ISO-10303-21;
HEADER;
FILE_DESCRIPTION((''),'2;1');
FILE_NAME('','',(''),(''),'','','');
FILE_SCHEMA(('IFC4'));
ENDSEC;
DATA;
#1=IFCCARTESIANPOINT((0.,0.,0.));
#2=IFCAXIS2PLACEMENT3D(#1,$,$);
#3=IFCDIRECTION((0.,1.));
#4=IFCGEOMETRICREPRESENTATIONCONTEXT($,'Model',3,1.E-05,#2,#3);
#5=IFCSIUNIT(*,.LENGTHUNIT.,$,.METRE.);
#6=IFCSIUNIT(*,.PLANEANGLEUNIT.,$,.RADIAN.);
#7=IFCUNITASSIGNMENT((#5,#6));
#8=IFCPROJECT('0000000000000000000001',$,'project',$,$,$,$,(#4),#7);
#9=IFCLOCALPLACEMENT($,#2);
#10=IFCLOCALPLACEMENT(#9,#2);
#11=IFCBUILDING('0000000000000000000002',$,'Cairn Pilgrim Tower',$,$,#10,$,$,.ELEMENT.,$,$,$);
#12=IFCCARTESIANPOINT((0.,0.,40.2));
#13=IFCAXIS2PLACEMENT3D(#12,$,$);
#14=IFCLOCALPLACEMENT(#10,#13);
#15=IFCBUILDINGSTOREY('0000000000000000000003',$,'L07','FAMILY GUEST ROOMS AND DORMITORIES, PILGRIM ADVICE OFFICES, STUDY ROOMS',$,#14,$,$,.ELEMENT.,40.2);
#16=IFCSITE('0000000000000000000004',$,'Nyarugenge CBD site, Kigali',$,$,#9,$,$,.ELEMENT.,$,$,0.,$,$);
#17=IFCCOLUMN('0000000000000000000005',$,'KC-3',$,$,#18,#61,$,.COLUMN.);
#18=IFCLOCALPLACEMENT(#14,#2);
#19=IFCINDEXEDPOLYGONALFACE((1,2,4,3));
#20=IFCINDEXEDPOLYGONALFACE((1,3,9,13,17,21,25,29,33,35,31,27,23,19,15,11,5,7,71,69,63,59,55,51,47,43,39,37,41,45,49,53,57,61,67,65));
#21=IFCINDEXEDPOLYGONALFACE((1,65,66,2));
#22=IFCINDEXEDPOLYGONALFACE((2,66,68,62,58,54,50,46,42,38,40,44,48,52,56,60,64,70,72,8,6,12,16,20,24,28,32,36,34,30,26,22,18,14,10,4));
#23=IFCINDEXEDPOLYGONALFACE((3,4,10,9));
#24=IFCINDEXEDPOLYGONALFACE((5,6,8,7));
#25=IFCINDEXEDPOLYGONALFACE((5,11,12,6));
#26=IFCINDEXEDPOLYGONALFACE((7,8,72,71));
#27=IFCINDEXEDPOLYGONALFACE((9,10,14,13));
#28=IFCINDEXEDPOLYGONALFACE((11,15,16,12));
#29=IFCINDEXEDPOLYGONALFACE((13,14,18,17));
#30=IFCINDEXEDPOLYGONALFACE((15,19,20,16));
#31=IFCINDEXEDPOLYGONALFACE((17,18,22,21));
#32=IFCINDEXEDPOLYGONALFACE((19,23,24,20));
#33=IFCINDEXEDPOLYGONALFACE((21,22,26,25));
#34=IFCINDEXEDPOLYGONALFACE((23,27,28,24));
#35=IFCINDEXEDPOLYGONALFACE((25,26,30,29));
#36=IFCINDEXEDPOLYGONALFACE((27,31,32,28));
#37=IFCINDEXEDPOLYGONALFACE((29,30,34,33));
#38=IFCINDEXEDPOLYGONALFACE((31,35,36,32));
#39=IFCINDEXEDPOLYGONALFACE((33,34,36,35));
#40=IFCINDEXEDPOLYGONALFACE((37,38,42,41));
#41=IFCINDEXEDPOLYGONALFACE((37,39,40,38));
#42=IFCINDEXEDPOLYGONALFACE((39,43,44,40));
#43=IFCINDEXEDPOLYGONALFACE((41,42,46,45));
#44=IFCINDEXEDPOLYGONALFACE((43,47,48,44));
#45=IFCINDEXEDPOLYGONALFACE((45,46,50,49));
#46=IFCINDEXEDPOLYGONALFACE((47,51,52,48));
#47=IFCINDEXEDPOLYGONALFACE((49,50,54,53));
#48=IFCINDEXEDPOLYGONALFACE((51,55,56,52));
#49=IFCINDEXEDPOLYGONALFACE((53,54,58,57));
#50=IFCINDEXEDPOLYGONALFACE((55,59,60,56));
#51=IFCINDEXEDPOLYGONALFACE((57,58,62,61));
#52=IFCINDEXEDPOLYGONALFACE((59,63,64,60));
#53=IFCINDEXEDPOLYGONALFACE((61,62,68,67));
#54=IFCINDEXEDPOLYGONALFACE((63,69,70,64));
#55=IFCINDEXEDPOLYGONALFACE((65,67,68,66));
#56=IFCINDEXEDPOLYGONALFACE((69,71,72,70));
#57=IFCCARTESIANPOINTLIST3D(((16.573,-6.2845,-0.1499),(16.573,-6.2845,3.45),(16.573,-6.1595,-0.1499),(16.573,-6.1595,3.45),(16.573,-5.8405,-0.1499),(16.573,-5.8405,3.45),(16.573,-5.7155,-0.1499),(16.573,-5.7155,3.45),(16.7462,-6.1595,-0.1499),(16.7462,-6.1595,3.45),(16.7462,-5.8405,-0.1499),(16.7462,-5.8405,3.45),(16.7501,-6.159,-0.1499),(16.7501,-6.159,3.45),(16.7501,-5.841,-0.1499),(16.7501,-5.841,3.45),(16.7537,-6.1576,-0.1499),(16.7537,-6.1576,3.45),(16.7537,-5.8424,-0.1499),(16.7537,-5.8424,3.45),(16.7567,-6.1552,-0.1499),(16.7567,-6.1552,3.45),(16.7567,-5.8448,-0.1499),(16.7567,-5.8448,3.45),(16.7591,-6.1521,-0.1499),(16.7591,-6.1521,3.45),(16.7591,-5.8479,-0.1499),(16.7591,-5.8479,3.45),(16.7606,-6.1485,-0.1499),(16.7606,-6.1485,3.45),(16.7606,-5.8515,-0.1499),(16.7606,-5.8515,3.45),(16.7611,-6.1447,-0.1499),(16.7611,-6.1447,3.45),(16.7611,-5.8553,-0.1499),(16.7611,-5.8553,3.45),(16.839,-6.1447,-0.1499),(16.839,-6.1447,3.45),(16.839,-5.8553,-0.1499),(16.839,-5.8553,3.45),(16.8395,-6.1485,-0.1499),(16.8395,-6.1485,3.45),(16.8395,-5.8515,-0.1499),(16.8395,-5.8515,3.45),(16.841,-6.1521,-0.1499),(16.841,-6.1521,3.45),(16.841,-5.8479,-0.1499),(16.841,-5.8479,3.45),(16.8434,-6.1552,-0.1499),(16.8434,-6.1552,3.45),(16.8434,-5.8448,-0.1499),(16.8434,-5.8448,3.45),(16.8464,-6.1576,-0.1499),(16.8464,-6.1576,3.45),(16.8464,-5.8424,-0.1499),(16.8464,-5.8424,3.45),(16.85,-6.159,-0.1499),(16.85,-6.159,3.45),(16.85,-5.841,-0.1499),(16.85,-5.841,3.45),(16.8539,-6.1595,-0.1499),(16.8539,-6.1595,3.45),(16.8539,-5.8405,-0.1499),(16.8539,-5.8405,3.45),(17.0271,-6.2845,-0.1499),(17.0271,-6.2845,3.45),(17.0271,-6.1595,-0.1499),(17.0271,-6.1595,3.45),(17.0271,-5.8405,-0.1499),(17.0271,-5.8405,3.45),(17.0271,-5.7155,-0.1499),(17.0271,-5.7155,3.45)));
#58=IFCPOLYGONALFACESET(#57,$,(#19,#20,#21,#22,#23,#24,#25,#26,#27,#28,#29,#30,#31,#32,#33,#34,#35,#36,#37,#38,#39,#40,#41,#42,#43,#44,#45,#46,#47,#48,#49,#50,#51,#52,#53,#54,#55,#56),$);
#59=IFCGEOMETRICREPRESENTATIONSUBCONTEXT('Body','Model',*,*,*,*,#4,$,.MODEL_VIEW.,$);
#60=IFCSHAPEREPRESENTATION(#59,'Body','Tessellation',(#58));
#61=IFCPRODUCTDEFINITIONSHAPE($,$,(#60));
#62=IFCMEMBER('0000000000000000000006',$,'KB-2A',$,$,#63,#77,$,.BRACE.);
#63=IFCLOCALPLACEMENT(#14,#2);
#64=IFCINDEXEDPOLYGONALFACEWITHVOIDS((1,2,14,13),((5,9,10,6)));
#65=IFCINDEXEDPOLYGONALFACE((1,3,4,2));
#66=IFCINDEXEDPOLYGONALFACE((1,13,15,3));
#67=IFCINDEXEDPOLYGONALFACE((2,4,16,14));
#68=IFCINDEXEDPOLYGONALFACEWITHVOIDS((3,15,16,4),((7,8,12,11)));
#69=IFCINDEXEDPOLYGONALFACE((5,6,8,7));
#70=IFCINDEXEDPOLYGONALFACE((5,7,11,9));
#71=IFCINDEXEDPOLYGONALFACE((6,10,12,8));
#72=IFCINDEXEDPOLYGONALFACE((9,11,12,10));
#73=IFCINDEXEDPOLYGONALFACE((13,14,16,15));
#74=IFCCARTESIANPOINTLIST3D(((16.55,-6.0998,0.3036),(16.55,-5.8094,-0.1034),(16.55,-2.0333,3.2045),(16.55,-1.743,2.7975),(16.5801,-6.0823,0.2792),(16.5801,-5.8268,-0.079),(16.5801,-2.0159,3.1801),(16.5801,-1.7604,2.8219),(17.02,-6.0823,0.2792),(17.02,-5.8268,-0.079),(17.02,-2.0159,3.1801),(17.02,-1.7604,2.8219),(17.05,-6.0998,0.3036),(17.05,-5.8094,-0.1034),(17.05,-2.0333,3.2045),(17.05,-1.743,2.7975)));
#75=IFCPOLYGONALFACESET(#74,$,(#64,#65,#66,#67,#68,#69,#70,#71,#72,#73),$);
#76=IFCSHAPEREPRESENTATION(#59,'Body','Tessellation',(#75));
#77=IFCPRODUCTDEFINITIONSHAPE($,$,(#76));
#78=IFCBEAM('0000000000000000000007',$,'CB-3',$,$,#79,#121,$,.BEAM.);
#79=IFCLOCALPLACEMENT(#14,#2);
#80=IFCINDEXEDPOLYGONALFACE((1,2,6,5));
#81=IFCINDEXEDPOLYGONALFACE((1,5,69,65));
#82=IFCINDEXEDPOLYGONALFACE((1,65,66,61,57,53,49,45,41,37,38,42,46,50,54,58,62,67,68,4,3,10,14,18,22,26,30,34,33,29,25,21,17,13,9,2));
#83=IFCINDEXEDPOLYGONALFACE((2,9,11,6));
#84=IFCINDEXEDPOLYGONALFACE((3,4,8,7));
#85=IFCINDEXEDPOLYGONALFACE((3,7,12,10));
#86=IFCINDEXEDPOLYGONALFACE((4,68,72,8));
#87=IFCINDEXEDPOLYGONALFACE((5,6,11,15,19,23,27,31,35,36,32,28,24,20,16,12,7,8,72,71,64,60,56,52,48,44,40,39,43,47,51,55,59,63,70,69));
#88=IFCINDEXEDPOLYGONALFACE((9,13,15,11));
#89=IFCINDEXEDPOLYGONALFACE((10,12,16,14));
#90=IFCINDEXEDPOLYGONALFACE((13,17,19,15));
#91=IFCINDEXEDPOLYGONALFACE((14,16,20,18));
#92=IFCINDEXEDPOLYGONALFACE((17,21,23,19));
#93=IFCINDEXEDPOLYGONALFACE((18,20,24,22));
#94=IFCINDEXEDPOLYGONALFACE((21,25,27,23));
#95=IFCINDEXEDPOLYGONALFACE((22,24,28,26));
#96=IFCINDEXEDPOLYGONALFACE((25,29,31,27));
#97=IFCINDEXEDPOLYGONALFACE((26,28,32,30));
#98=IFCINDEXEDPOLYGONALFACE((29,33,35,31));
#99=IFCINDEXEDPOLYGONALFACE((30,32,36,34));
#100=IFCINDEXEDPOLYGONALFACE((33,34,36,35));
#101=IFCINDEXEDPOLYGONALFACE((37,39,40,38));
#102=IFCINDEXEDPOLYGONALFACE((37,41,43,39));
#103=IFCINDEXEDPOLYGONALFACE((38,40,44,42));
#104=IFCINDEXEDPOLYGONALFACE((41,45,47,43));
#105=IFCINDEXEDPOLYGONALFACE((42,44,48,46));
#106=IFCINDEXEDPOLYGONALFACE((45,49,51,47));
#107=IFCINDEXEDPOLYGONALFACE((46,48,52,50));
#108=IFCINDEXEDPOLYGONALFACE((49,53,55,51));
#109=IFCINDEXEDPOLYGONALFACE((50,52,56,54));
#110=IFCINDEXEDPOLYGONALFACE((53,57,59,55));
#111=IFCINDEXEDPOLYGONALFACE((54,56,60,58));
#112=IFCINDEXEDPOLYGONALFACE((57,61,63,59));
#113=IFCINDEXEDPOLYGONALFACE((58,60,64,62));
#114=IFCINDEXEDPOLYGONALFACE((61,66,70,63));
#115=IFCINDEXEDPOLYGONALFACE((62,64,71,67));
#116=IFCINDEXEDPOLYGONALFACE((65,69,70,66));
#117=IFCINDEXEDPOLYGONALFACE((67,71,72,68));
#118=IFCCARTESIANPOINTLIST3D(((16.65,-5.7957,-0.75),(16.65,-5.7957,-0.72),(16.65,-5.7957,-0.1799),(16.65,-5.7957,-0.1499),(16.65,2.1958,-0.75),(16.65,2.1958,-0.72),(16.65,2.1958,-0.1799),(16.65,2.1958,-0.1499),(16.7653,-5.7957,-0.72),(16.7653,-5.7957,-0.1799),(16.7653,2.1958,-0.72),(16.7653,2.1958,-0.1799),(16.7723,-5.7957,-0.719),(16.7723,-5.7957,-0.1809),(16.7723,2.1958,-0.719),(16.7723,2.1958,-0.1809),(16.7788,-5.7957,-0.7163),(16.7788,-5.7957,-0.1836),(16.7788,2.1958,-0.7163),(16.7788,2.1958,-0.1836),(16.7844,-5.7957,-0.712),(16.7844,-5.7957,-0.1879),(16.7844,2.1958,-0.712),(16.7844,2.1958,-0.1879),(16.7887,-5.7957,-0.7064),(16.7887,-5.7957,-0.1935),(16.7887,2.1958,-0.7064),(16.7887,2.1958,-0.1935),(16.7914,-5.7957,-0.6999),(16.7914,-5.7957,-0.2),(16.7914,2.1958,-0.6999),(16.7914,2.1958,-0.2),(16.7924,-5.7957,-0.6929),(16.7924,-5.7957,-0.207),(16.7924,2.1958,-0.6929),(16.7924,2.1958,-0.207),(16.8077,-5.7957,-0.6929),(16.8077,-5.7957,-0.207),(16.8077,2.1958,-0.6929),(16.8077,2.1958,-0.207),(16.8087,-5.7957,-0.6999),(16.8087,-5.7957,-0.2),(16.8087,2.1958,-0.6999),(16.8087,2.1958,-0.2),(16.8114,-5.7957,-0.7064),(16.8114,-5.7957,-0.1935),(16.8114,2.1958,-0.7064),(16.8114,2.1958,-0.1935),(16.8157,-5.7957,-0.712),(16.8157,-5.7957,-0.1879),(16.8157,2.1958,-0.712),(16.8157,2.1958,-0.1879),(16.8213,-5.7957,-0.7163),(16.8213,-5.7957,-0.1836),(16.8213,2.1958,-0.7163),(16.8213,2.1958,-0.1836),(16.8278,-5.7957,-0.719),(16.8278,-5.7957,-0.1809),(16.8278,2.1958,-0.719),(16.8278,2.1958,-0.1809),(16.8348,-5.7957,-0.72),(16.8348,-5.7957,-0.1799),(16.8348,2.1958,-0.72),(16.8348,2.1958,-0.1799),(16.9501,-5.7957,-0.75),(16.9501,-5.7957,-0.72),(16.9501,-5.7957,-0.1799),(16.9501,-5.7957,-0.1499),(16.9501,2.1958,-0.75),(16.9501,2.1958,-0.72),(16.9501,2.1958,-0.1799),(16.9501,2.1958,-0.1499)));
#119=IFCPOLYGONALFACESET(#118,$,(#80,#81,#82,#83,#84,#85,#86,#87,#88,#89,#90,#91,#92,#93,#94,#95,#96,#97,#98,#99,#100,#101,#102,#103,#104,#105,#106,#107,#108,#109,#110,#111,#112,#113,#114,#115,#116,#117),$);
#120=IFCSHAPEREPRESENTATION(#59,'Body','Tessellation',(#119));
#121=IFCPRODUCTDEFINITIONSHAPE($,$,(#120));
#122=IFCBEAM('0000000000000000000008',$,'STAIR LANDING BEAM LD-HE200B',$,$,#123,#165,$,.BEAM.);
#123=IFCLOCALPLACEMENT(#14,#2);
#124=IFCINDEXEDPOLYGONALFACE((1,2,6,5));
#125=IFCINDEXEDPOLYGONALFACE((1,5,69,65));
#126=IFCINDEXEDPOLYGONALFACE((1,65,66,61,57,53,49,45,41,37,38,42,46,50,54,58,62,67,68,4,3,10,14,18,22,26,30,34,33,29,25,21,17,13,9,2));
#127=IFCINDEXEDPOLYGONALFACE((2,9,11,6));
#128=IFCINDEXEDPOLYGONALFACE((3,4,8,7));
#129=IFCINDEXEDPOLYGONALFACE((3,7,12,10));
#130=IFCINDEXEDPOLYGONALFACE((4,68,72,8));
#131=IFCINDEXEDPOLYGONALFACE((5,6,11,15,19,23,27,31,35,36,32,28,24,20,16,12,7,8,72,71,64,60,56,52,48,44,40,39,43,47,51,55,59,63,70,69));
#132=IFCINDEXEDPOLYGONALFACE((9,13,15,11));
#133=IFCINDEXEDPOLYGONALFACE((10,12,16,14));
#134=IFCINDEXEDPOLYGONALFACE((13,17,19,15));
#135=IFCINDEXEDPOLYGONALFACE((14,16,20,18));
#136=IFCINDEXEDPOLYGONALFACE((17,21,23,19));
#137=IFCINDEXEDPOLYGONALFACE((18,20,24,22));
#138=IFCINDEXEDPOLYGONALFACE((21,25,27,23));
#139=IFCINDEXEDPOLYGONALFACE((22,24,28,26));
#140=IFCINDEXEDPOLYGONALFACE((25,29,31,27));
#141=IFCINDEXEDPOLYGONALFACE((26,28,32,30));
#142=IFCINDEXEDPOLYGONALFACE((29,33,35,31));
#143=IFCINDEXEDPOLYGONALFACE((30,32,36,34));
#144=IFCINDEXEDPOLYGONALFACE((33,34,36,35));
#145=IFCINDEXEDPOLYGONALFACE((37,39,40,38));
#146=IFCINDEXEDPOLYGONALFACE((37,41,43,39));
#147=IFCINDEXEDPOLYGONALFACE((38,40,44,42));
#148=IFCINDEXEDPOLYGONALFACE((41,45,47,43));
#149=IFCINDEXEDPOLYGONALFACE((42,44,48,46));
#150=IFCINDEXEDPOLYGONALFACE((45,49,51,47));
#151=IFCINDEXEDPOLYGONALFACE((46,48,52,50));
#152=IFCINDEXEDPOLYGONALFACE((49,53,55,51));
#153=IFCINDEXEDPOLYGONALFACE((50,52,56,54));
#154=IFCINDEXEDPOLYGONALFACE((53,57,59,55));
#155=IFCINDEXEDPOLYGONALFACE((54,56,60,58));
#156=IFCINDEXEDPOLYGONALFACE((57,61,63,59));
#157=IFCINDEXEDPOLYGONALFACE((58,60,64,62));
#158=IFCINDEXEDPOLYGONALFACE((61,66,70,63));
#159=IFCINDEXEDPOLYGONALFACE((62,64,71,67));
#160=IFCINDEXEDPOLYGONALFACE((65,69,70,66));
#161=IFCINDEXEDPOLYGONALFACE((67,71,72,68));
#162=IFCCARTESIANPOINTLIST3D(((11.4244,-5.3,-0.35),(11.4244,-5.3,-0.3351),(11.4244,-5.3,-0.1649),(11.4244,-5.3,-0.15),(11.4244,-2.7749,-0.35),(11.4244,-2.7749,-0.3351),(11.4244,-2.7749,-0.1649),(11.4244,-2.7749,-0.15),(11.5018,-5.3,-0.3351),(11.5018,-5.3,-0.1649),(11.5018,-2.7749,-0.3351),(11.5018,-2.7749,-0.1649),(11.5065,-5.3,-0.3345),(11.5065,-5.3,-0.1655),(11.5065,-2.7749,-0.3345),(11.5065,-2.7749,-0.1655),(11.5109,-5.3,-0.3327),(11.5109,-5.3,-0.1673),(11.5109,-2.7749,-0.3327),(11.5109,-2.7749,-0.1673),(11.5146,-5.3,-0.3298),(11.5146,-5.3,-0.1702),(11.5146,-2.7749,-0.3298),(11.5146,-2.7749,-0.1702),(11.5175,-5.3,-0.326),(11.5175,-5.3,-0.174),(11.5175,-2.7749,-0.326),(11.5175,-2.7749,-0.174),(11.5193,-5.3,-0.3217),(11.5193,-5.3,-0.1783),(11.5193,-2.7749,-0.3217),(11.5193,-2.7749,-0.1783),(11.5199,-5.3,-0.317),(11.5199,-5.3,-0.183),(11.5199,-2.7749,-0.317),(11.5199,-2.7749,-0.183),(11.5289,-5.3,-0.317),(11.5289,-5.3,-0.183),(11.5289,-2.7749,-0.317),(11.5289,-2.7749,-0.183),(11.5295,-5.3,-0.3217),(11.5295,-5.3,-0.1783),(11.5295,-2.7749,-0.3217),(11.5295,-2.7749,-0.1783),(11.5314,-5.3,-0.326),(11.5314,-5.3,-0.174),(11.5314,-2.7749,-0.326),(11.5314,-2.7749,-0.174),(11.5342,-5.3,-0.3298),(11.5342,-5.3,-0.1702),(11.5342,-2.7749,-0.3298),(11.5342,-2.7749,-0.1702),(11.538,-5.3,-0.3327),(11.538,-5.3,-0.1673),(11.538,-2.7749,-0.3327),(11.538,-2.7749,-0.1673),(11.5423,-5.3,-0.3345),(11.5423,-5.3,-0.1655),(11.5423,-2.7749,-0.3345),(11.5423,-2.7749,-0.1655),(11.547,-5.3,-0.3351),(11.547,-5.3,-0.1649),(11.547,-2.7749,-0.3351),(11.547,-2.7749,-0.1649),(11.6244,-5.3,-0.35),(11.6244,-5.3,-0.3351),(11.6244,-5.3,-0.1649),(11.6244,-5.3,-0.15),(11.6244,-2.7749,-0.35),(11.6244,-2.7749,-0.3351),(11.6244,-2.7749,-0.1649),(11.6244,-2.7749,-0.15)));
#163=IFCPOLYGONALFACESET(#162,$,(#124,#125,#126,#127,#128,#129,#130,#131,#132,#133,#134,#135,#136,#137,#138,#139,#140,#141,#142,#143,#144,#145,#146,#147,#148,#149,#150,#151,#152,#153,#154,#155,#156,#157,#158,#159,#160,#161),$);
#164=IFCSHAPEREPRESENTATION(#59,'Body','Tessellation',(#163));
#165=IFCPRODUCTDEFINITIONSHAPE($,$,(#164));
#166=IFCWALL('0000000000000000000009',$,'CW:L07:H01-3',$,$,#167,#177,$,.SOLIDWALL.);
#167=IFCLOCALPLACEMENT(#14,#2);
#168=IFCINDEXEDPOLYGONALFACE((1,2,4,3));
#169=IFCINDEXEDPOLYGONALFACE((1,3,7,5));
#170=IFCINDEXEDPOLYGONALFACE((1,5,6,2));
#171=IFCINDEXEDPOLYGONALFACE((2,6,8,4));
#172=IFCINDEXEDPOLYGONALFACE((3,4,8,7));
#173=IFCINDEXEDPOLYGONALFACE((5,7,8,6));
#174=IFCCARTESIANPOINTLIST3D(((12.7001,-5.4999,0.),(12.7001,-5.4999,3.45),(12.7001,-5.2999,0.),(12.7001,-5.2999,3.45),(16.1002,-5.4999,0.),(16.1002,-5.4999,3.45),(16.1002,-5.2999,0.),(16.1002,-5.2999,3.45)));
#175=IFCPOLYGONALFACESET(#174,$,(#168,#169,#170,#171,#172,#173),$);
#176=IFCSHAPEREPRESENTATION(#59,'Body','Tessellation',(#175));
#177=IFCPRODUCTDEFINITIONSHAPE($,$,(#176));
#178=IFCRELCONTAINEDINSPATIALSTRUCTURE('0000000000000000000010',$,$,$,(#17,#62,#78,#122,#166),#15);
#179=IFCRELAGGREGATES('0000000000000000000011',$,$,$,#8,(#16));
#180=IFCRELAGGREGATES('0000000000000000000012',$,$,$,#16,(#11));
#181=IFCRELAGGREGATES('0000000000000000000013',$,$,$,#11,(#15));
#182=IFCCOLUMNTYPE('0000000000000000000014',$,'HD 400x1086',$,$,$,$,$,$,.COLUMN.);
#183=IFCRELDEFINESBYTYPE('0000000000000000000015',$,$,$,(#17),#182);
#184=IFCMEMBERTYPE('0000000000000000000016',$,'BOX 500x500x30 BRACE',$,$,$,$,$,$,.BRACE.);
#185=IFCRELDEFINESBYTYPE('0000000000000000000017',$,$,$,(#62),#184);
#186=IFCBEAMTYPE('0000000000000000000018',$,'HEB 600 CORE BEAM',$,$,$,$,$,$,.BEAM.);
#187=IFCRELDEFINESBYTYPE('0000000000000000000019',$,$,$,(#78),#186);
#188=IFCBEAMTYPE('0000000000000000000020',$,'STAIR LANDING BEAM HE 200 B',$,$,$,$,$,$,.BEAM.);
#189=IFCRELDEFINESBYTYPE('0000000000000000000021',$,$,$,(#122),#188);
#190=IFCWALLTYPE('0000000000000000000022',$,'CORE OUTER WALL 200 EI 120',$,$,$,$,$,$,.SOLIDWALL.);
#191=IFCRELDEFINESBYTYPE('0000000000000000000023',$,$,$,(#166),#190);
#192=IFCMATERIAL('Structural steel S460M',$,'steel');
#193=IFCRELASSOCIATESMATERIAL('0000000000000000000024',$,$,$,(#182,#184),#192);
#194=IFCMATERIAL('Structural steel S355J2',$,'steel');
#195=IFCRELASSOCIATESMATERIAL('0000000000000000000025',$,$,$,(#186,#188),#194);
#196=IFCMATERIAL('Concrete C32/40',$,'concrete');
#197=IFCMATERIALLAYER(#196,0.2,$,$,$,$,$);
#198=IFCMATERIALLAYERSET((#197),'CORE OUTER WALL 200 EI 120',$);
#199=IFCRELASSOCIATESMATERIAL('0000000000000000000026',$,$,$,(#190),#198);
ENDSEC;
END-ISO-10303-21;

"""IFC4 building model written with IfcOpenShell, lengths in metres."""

from ifc_helpers import new_model, si_unit, direction, frame, frame_2d, origin, origin_2d, place, context, subcontext, project, spatial, rectangle, hollow_rectangle, i_section, extrude, material, layer, layer_set, material_profile, profile_set, type_object, element, save


model = new_model("IFC4")

# Units and contexts
model_context = context("Model", 3, precision=1e-05, world=origin(), true_north=direction((0.0, 1.0)))
body_context = subcontext(model_context, "Body", "Model", "MODEL_VIEW")
ifc_project = project(units=[si_unit("LENGTHUNIT", "METRE"), si_unit("PLANEANGLEUNIT", "RADIAN")], contexts=[model_context])

# Site, building, storey
site_placement = place(None, origin())
site = spatial("IfcSite", under=ifc_project, at=site_placement, Name="Nyarugenge CBD site, Kigali", CompositionType="ELEMENT", RefElevation=0.0)
building_placement = place(site_placement, origin())
building = spatial("IfcBuilding", under=site, at=building_placement, Name="Cairn Pilgrim Tower", CompositionType="ELEMENT")
storey_placement = place(building_placement, frame((0.0, 0.0, 40.2)))
storey = spatial("IfcBuildingStorey", under=building, at=storey_placement, Name="L07", Description="FAMILY GUEST ROOMS AND DORMITORIES, PILGRIM ADVICE OFFICES, STUDY ROOMS", CompositionType="ELEMENT", Elevation=40.2)

# Column
ifc_material_1 = material(Name="Structural steel S460M", Category="steel")
ifc_material_profile_1 = material_profile(ifc_material_1, i_section(OverallWidth=0.4541, OverallDepth=0.5691, WebThickness=0.0779, FlangeThickness=0.125, FilletRadius=0.0149, at=origin_2d()), Name="HD 400x1086")
ifc_profile_set_1 = profile_set([ifc_material_profile_1], Name="Structural steel S460M")
column_type = type_object("IfcColumnType", Name="HD 400x1086", PredefinedType="COLUMN", material=ifc_profile_set_1)
column_placement = place(storey_placement, frame((16.8, -6.0, -0.1499), z_axis=(0.0, 0.0, 1.0), x_axis=(1.0, 0.0, 0.0)))
element("IfcColumn", 1, at=column_placement, inside=storey, type_object=column_type, Name="KC-3", PredefinedType="COLUMN", context=body_context, shape_type="SweptSolid", body=[
    extrude(i_section(OverallWidth=0.4541, OverallDepth=0.5691, WebThickness=0.0779, FlangeThickness=0.125, FilletRadius=0.0149, at=origin_2d()), origin(), (0.0, 0.0, 1.0), 3.5999),
])

# Member
ifc_material_profile_2 = material_profile(ifc_material_1, hollow_rectangle(XDim=0.5, YDim=0.5, WallThickness=0.03, at=origin_2d()), Name="BOX 500x500x30")
ifc_profile_set_2 = profile_set([ifc_material_profile_2], Name="Structural steel S460M")
member_type = type_object("IfcMemberType", Name="BOX 500x500x30 BRACE", PredefinedType="BRACE", material=ifc_profile_set_2)
member_placement = place(storey_placement, frame((16.8, -5.9546, 0.1001), z_axis=(0.0, 0.814083, 0.580748), x_axis=(-1.0, 0.0, 0.0)))
element("IfcMember", 2, at=member_placement, inside=storey, type_object=member_type, Name="KB-2A", PredefinedType="BRACE", context=body_context, shape_type="SweptSolid", body=[
    extrude(hollow_rectangle(XDim=0.5, YDim=0.5, WallThickness=0.03, at=origin_2d()), origin(), (0.0, 0.0, 1.0), 4.9951),
])

# Beams
ifc_material_2 = material(Name="Structural steel S355J2", Category="steel")
ifc_material_profile_3 = material_profile(ifc_material_2, i_section(OverallWidth=0.3, OverallDepth=0.6001, WebThickness=0.0154, FlangeThickness=0.03, FilletRadius=0.0271, at=origin_2d()), Name="HEB 600")
ifc_profile_set_3 = profile_set([ifc_material_profile_3], Name="Structural steel S355J2")
beam_type_1 = type_object("IfcBeamType", Name="HEB 600 CORE BEAM", PredefinedType="BEAM", material=ifc_profile_set_3)
beam_1_placement = place(storey_placement, frame((16.8, -5.7957, -0.45), z_axis=(0.0, 1.0, 0.0), x_axis=(-1.0, 0.0, 0.0)))
element("IfcBeam", 3, at=beam_1_placement, inside=storey, type_object=beam_type_1, Name="CB-3", PredefinedType="BEAM", context=body_context, shape_type="SweptSolid", body=[
    extrude(i_section(OverallWidth=0.3, OverallDepth=0.6001, WebThickness=0.0154, FlangeThickness=0.03, FilletRadius=0.0271, at=origin_2d()), origin(), (0.0, 0.0, 1.0), 7.9915),
])
ifc_material_profile_4 = material_profile(ifc_material_2, i_section(OverallWidth=0.2, OverallDepth=0.2, WebThickness=0.009, FlangeThickness=0.0149, FilletRadius=0.0181, at=origin_2d()), Name="HE 200 B")
ifc_profile_set_4 = profile_set([ifc_material_profile_4], Name="Structural steel S355J2")
beam_type_2 = type_object("IfcBeamType", Name="STAIR LANDING BEAM HE 200 B", PredefinedType="BEAM", material=ifc_profile_set_4)
beam_2_placement = place(storey_placement, frame((11.5244, -2.7749, -0.25), z_axis=(0.0, -1.0, 0.0), x_axis=(1.0, 0.0, 0.0)))
element("IfcBeam", 4, at=beam_2_placement, inside=storey, type_object=beam_type_2, Name="STAIR LANDING BEAM LD-HE200B", PredefinedType="BEAM", context=body_context, shape_type="SweptSolid", body=[
    extrude(i_section(OverallWidth=0.2, OverallDepth=0.2, WebThickness=0.009, FlangeThickness=0.0149, FilletRadius=0.0181, at=origin_2d()), origin(), (0.0, 0.0, 1.0), 2.5251),
])

# Wall
ifc_material_3 = material(Name="Concrete C32/40", Category="concrete")
ifc_layer_1 = layer(ifc_material_3, 0.2)
ifc_layer_set_1 = layer_set([ifc_layer_1], Name="CORE OUTER WALL 200 EI 120")
wall_type_1 = type_object("IfcWallType", Name="CORE OUTER WALL 200 EI 120", PredefinedType="SOLIDWALL", material=ifc_layer_set_1)
wall_1_placement = place(storey_placement, frame((12.7, -5.3999, 0.0), z_axis=(0.0, 0.0, 1.0), x_axis=(1.0, 0.0, 0.0)))
element("IfcWall", 5, at=wall_1_placement, inside=storey, type_object=wall_type_1, Name="CW:L07:H01-3", PredefinedType="SOLIDWALL", context=body_context, shape_type="SweptSolid", body=[
    extrude(rectangle(XDim=3.4001, YDim=0.2, at=frame_2d((1.7002, 0.0))), origin(), (0.0, 0.0, 1.0), 3.45),
])

save(model, "model.ifc")
